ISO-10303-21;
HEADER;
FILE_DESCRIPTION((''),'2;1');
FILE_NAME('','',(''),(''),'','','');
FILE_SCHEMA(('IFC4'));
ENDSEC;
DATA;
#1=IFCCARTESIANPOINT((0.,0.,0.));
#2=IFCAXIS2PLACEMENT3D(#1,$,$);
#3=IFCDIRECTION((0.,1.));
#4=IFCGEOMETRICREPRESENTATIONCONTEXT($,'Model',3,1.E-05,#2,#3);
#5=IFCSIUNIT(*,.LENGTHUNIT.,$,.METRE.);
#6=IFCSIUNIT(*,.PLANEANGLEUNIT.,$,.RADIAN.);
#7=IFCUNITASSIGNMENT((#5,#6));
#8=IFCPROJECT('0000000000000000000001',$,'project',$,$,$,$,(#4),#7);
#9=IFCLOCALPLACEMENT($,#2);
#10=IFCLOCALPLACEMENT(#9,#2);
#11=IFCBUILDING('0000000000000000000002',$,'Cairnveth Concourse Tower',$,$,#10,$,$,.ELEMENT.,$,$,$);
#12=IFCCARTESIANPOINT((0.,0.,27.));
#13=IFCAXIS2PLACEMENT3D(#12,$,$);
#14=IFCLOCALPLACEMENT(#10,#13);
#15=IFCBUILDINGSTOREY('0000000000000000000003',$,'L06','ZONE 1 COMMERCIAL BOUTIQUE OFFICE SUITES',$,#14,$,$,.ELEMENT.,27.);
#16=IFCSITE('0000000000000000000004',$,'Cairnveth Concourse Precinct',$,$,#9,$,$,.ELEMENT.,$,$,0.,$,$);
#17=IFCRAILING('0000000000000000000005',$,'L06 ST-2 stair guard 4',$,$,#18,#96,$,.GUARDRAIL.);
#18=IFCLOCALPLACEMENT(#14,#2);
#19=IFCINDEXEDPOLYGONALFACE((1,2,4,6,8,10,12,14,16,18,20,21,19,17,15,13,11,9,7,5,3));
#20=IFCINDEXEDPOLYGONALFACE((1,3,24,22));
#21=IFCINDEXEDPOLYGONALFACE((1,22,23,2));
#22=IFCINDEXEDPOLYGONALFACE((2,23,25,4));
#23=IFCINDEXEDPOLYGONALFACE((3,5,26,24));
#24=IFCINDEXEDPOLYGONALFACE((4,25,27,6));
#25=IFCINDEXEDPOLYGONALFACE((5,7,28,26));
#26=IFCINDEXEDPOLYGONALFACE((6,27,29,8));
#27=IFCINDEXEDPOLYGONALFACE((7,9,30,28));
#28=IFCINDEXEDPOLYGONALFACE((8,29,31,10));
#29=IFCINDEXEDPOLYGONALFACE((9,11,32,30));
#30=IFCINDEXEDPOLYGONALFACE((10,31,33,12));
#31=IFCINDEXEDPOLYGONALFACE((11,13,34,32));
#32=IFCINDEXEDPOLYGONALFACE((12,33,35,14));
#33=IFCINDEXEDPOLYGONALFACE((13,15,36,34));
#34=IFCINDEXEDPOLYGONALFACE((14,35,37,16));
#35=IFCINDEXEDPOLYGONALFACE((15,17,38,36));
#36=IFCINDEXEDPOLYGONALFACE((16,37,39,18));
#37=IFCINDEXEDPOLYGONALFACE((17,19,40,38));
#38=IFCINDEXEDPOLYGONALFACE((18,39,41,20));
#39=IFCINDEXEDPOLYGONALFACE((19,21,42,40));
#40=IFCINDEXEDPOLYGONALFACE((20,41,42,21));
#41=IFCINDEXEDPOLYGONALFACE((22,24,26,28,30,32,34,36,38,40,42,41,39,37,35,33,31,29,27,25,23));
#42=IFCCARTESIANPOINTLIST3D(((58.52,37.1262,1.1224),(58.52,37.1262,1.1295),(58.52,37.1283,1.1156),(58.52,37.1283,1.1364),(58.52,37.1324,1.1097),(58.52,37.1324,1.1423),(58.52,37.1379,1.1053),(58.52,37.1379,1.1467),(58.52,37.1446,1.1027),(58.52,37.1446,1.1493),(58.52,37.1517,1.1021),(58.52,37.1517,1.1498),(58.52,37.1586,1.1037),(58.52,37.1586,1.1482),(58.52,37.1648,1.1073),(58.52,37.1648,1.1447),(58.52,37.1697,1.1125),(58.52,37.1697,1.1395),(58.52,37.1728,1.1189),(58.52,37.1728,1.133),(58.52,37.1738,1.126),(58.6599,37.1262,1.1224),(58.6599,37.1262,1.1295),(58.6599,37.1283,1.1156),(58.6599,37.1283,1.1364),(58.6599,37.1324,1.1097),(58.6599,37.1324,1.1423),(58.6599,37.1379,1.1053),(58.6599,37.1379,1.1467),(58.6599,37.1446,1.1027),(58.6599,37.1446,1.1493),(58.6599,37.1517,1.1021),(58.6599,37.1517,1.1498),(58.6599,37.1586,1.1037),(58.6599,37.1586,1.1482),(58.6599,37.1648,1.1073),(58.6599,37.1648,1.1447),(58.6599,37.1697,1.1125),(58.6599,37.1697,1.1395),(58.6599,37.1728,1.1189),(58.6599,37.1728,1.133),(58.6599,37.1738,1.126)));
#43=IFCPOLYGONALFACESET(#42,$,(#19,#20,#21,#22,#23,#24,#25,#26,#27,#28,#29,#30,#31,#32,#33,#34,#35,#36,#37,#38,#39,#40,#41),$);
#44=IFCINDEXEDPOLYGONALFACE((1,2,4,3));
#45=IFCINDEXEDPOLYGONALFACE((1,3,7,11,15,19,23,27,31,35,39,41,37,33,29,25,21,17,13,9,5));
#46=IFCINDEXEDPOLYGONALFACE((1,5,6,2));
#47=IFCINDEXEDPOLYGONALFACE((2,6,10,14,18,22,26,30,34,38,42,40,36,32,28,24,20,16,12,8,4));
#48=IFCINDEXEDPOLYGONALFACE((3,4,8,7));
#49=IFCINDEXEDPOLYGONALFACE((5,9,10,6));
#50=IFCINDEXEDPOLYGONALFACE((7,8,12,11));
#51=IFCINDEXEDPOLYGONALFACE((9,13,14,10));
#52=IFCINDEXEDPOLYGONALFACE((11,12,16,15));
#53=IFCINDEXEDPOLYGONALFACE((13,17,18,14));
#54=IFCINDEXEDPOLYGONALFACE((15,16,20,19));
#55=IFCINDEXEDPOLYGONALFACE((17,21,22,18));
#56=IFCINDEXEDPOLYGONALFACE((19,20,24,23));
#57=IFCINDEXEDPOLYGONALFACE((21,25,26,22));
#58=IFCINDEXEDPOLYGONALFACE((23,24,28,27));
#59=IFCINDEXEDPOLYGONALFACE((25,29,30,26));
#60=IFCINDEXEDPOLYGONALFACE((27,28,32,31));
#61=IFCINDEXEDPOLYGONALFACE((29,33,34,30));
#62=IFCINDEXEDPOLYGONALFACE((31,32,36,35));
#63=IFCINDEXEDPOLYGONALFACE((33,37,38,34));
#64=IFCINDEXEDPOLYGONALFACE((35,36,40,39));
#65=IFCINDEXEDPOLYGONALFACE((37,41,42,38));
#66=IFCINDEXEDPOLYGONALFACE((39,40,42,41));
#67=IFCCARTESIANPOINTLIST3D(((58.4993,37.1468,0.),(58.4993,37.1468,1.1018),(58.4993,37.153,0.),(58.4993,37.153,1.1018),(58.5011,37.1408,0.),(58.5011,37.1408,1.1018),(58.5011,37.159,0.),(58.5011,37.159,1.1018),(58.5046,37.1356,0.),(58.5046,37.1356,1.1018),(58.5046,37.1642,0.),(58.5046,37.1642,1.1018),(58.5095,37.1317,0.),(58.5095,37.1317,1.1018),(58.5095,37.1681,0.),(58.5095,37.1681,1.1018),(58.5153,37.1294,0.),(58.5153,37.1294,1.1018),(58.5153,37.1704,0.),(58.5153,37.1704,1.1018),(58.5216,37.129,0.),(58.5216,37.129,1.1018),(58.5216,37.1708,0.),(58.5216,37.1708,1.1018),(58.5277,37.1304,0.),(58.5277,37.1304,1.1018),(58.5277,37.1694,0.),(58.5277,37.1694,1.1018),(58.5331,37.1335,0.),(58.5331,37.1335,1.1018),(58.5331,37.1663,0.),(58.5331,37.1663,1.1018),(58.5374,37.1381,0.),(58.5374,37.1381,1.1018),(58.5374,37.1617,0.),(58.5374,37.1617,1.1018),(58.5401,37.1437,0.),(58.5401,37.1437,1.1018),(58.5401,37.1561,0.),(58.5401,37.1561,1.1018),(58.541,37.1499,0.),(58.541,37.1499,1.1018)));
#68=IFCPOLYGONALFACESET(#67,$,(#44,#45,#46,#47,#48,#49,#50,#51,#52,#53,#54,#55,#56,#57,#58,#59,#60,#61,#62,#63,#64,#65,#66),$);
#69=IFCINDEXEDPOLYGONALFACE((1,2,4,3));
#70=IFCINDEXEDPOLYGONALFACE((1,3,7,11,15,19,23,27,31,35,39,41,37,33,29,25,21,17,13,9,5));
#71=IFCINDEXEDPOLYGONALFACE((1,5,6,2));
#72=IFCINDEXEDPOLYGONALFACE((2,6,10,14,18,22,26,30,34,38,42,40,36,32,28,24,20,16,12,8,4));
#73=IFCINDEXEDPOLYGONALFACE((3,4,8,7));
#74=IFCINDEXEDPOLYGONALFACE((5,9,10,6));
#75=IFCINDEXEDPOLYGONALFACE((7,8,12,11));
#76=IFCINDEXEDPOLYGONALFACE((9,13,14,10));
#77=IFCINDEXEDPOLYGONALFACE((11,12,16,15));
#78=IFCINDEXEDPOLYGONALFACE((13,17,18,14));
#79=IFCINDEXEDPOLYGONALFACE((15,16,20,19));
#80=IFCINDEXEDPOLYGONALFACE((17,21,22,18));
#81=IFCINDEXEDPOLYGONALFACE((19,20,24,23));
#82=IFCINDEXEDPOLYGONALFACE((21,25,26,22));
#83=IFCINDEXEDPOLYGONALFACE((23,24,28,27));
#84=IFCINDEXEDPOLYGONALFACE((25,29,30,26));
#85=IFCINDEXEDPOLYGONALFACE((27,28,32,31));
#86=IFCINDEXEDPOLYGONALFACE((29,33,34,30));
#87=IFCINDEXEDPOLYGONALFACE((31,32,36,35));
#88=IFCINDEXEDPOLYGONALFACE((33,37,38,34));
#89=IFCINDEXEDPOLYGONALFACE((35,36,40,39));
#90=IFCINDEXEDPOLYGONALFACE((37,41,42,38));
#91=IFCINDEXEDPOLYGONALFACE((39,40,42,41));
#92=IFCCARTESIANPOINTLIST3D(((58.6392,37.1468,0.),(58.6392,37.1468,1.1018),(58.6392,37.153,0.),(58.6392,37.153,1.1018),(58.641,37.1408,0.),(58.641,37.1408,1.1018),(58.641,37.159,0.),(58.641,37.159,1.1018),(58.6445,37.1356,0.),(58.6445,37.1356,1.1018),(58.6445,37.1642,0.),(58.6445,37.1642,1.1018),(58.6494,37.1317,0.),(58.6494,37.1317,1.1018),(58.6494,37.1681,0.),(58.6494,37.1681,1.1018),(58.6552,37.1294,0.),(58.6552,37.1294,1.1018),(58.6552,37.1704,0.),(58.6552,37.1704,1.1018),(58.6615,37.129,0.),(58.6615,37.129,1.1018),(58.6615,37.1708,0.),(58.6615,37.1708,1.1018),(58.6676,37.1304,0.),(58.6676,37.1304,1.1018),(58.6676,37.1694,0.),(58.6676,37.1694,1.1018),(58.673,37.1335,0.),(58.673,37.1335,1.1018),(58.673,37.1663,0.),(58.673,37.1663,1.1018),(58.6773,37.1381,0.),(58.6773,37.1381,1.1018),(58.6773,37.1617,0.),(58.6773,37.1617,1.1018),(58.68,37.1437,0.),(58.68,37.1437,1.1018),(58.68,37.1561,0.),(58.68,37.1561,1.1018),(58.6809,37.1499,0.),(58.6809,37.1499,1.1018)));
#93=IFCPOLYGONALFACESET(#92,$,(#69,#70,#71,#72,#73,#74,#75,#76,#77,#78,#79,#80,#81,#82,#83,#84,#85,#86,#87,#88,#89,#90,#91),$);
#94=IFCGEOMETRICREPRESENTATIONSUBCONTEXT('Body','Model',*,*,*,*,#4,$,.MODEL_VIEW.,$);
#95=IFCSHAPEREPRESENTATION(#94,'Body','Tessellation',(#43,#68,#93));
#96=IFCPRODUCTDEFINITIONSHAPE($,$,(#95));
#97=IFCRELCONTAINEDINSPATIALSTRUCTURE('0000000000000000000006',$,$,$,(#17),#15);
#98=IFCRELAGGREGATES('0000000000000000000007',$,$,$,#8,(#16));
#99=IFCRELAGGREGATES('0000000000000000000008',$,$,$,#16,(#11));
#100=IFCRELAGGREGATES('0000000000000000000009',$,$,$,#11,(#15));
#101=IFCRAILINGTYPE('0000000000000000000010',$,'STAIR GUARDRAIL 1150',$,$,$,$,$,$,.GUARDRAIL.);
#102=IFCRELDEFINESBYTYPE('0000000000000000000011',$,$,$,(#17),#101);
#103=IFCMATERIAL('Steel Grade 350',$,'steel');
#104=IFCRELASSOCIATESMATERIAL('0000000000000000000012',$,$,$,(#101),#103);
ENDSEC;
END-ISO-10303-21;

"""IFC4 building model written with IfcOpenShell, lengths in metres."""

from ifc_helpers import new_model, si_unit, direction, frame, origin, origin_2d, place, context, subcontext, project, spatial, circle, extrude, material, type_object, element, save


model = new_model("IFC4")

# Units and contexts
model_context = context("Model", 3, precision=1e-05, world=origin(), true_north=direction((0.0, 1.0)))
body_context = subcontext(model_context, "Body", "Model", "MODEL_VIEW")
ifc_project = project(units=[si_unit("LENGTHUNIT", "METRE"), si_unit("PLANEANGLEUNIT", "RADIAN")], contexts=[model_context])

# Site, building, storey
site_placement = place(None, origin())
site = spatial("IfcSite", under=ifc_project, at=site_placement, Name="Cairnveth Concourse Precinct", CompositionType="ELEMENT", RefElevation=0.0)
building_placement = place(site_placement, origin())
building = spatial("IfcBuilding", under=site, at=building_placement, Name="Cairnveth Concourse Tower", CompositionType="ELEMENT")
storey_placement = place(building_placement, frame((0.0, 0.0, 27.0)))
storey = spatial("IfcBuildingStorey", under=building, at=storey_placement, Name="L06", Description="ZONE 1 COMMERCIAL BOUTIQUE OFFICE SUITES", CompositionType="ELEMENT", Elevation=27.0)

# Shared definitions
ifc_material_1 = material(Name="Steel Grade 350", Category="steel")

# Railing
railing_type_1 = type_object("IfcRailingType", Name="STAIR GUARDRAIL 1150", PredefinedType="GUARDRAIL", material=ifc_material_1)
railing_1_placement = place(storey_placement, frame((58.52, 37.1499, 0.0)))
element("IfcRailing", 1, at=railing_1_placement, inside=storey, type_object=railing_type_1, Name="L06 ST-2 stair guard 4", PredefinedType="GUARDRAIL", context=body_context, shape_type="SweptSolid", body=[
    extrude(circle(Radius=0.0239, at=origin_2d()), frame((0.0, 0.0, 1.126), z_axis=(1.0, 0.0, 0.0), x_axis=(0.0, 1.0, 0.0)), (0.0, 0.0, 1.0), 0.1399),
    extrude(circle(Radius=0.021, at=origin_2d()), origin(), (0.0, 0.0, 1.0), 1.1018),
    extrude(circle(Radius=0.021, at=origin_2d()), frame((0.1399, 0.0, 0.0)), (0.0, 0.0, 1.0), 1.1018),
])

save(model, "model.ifc")
